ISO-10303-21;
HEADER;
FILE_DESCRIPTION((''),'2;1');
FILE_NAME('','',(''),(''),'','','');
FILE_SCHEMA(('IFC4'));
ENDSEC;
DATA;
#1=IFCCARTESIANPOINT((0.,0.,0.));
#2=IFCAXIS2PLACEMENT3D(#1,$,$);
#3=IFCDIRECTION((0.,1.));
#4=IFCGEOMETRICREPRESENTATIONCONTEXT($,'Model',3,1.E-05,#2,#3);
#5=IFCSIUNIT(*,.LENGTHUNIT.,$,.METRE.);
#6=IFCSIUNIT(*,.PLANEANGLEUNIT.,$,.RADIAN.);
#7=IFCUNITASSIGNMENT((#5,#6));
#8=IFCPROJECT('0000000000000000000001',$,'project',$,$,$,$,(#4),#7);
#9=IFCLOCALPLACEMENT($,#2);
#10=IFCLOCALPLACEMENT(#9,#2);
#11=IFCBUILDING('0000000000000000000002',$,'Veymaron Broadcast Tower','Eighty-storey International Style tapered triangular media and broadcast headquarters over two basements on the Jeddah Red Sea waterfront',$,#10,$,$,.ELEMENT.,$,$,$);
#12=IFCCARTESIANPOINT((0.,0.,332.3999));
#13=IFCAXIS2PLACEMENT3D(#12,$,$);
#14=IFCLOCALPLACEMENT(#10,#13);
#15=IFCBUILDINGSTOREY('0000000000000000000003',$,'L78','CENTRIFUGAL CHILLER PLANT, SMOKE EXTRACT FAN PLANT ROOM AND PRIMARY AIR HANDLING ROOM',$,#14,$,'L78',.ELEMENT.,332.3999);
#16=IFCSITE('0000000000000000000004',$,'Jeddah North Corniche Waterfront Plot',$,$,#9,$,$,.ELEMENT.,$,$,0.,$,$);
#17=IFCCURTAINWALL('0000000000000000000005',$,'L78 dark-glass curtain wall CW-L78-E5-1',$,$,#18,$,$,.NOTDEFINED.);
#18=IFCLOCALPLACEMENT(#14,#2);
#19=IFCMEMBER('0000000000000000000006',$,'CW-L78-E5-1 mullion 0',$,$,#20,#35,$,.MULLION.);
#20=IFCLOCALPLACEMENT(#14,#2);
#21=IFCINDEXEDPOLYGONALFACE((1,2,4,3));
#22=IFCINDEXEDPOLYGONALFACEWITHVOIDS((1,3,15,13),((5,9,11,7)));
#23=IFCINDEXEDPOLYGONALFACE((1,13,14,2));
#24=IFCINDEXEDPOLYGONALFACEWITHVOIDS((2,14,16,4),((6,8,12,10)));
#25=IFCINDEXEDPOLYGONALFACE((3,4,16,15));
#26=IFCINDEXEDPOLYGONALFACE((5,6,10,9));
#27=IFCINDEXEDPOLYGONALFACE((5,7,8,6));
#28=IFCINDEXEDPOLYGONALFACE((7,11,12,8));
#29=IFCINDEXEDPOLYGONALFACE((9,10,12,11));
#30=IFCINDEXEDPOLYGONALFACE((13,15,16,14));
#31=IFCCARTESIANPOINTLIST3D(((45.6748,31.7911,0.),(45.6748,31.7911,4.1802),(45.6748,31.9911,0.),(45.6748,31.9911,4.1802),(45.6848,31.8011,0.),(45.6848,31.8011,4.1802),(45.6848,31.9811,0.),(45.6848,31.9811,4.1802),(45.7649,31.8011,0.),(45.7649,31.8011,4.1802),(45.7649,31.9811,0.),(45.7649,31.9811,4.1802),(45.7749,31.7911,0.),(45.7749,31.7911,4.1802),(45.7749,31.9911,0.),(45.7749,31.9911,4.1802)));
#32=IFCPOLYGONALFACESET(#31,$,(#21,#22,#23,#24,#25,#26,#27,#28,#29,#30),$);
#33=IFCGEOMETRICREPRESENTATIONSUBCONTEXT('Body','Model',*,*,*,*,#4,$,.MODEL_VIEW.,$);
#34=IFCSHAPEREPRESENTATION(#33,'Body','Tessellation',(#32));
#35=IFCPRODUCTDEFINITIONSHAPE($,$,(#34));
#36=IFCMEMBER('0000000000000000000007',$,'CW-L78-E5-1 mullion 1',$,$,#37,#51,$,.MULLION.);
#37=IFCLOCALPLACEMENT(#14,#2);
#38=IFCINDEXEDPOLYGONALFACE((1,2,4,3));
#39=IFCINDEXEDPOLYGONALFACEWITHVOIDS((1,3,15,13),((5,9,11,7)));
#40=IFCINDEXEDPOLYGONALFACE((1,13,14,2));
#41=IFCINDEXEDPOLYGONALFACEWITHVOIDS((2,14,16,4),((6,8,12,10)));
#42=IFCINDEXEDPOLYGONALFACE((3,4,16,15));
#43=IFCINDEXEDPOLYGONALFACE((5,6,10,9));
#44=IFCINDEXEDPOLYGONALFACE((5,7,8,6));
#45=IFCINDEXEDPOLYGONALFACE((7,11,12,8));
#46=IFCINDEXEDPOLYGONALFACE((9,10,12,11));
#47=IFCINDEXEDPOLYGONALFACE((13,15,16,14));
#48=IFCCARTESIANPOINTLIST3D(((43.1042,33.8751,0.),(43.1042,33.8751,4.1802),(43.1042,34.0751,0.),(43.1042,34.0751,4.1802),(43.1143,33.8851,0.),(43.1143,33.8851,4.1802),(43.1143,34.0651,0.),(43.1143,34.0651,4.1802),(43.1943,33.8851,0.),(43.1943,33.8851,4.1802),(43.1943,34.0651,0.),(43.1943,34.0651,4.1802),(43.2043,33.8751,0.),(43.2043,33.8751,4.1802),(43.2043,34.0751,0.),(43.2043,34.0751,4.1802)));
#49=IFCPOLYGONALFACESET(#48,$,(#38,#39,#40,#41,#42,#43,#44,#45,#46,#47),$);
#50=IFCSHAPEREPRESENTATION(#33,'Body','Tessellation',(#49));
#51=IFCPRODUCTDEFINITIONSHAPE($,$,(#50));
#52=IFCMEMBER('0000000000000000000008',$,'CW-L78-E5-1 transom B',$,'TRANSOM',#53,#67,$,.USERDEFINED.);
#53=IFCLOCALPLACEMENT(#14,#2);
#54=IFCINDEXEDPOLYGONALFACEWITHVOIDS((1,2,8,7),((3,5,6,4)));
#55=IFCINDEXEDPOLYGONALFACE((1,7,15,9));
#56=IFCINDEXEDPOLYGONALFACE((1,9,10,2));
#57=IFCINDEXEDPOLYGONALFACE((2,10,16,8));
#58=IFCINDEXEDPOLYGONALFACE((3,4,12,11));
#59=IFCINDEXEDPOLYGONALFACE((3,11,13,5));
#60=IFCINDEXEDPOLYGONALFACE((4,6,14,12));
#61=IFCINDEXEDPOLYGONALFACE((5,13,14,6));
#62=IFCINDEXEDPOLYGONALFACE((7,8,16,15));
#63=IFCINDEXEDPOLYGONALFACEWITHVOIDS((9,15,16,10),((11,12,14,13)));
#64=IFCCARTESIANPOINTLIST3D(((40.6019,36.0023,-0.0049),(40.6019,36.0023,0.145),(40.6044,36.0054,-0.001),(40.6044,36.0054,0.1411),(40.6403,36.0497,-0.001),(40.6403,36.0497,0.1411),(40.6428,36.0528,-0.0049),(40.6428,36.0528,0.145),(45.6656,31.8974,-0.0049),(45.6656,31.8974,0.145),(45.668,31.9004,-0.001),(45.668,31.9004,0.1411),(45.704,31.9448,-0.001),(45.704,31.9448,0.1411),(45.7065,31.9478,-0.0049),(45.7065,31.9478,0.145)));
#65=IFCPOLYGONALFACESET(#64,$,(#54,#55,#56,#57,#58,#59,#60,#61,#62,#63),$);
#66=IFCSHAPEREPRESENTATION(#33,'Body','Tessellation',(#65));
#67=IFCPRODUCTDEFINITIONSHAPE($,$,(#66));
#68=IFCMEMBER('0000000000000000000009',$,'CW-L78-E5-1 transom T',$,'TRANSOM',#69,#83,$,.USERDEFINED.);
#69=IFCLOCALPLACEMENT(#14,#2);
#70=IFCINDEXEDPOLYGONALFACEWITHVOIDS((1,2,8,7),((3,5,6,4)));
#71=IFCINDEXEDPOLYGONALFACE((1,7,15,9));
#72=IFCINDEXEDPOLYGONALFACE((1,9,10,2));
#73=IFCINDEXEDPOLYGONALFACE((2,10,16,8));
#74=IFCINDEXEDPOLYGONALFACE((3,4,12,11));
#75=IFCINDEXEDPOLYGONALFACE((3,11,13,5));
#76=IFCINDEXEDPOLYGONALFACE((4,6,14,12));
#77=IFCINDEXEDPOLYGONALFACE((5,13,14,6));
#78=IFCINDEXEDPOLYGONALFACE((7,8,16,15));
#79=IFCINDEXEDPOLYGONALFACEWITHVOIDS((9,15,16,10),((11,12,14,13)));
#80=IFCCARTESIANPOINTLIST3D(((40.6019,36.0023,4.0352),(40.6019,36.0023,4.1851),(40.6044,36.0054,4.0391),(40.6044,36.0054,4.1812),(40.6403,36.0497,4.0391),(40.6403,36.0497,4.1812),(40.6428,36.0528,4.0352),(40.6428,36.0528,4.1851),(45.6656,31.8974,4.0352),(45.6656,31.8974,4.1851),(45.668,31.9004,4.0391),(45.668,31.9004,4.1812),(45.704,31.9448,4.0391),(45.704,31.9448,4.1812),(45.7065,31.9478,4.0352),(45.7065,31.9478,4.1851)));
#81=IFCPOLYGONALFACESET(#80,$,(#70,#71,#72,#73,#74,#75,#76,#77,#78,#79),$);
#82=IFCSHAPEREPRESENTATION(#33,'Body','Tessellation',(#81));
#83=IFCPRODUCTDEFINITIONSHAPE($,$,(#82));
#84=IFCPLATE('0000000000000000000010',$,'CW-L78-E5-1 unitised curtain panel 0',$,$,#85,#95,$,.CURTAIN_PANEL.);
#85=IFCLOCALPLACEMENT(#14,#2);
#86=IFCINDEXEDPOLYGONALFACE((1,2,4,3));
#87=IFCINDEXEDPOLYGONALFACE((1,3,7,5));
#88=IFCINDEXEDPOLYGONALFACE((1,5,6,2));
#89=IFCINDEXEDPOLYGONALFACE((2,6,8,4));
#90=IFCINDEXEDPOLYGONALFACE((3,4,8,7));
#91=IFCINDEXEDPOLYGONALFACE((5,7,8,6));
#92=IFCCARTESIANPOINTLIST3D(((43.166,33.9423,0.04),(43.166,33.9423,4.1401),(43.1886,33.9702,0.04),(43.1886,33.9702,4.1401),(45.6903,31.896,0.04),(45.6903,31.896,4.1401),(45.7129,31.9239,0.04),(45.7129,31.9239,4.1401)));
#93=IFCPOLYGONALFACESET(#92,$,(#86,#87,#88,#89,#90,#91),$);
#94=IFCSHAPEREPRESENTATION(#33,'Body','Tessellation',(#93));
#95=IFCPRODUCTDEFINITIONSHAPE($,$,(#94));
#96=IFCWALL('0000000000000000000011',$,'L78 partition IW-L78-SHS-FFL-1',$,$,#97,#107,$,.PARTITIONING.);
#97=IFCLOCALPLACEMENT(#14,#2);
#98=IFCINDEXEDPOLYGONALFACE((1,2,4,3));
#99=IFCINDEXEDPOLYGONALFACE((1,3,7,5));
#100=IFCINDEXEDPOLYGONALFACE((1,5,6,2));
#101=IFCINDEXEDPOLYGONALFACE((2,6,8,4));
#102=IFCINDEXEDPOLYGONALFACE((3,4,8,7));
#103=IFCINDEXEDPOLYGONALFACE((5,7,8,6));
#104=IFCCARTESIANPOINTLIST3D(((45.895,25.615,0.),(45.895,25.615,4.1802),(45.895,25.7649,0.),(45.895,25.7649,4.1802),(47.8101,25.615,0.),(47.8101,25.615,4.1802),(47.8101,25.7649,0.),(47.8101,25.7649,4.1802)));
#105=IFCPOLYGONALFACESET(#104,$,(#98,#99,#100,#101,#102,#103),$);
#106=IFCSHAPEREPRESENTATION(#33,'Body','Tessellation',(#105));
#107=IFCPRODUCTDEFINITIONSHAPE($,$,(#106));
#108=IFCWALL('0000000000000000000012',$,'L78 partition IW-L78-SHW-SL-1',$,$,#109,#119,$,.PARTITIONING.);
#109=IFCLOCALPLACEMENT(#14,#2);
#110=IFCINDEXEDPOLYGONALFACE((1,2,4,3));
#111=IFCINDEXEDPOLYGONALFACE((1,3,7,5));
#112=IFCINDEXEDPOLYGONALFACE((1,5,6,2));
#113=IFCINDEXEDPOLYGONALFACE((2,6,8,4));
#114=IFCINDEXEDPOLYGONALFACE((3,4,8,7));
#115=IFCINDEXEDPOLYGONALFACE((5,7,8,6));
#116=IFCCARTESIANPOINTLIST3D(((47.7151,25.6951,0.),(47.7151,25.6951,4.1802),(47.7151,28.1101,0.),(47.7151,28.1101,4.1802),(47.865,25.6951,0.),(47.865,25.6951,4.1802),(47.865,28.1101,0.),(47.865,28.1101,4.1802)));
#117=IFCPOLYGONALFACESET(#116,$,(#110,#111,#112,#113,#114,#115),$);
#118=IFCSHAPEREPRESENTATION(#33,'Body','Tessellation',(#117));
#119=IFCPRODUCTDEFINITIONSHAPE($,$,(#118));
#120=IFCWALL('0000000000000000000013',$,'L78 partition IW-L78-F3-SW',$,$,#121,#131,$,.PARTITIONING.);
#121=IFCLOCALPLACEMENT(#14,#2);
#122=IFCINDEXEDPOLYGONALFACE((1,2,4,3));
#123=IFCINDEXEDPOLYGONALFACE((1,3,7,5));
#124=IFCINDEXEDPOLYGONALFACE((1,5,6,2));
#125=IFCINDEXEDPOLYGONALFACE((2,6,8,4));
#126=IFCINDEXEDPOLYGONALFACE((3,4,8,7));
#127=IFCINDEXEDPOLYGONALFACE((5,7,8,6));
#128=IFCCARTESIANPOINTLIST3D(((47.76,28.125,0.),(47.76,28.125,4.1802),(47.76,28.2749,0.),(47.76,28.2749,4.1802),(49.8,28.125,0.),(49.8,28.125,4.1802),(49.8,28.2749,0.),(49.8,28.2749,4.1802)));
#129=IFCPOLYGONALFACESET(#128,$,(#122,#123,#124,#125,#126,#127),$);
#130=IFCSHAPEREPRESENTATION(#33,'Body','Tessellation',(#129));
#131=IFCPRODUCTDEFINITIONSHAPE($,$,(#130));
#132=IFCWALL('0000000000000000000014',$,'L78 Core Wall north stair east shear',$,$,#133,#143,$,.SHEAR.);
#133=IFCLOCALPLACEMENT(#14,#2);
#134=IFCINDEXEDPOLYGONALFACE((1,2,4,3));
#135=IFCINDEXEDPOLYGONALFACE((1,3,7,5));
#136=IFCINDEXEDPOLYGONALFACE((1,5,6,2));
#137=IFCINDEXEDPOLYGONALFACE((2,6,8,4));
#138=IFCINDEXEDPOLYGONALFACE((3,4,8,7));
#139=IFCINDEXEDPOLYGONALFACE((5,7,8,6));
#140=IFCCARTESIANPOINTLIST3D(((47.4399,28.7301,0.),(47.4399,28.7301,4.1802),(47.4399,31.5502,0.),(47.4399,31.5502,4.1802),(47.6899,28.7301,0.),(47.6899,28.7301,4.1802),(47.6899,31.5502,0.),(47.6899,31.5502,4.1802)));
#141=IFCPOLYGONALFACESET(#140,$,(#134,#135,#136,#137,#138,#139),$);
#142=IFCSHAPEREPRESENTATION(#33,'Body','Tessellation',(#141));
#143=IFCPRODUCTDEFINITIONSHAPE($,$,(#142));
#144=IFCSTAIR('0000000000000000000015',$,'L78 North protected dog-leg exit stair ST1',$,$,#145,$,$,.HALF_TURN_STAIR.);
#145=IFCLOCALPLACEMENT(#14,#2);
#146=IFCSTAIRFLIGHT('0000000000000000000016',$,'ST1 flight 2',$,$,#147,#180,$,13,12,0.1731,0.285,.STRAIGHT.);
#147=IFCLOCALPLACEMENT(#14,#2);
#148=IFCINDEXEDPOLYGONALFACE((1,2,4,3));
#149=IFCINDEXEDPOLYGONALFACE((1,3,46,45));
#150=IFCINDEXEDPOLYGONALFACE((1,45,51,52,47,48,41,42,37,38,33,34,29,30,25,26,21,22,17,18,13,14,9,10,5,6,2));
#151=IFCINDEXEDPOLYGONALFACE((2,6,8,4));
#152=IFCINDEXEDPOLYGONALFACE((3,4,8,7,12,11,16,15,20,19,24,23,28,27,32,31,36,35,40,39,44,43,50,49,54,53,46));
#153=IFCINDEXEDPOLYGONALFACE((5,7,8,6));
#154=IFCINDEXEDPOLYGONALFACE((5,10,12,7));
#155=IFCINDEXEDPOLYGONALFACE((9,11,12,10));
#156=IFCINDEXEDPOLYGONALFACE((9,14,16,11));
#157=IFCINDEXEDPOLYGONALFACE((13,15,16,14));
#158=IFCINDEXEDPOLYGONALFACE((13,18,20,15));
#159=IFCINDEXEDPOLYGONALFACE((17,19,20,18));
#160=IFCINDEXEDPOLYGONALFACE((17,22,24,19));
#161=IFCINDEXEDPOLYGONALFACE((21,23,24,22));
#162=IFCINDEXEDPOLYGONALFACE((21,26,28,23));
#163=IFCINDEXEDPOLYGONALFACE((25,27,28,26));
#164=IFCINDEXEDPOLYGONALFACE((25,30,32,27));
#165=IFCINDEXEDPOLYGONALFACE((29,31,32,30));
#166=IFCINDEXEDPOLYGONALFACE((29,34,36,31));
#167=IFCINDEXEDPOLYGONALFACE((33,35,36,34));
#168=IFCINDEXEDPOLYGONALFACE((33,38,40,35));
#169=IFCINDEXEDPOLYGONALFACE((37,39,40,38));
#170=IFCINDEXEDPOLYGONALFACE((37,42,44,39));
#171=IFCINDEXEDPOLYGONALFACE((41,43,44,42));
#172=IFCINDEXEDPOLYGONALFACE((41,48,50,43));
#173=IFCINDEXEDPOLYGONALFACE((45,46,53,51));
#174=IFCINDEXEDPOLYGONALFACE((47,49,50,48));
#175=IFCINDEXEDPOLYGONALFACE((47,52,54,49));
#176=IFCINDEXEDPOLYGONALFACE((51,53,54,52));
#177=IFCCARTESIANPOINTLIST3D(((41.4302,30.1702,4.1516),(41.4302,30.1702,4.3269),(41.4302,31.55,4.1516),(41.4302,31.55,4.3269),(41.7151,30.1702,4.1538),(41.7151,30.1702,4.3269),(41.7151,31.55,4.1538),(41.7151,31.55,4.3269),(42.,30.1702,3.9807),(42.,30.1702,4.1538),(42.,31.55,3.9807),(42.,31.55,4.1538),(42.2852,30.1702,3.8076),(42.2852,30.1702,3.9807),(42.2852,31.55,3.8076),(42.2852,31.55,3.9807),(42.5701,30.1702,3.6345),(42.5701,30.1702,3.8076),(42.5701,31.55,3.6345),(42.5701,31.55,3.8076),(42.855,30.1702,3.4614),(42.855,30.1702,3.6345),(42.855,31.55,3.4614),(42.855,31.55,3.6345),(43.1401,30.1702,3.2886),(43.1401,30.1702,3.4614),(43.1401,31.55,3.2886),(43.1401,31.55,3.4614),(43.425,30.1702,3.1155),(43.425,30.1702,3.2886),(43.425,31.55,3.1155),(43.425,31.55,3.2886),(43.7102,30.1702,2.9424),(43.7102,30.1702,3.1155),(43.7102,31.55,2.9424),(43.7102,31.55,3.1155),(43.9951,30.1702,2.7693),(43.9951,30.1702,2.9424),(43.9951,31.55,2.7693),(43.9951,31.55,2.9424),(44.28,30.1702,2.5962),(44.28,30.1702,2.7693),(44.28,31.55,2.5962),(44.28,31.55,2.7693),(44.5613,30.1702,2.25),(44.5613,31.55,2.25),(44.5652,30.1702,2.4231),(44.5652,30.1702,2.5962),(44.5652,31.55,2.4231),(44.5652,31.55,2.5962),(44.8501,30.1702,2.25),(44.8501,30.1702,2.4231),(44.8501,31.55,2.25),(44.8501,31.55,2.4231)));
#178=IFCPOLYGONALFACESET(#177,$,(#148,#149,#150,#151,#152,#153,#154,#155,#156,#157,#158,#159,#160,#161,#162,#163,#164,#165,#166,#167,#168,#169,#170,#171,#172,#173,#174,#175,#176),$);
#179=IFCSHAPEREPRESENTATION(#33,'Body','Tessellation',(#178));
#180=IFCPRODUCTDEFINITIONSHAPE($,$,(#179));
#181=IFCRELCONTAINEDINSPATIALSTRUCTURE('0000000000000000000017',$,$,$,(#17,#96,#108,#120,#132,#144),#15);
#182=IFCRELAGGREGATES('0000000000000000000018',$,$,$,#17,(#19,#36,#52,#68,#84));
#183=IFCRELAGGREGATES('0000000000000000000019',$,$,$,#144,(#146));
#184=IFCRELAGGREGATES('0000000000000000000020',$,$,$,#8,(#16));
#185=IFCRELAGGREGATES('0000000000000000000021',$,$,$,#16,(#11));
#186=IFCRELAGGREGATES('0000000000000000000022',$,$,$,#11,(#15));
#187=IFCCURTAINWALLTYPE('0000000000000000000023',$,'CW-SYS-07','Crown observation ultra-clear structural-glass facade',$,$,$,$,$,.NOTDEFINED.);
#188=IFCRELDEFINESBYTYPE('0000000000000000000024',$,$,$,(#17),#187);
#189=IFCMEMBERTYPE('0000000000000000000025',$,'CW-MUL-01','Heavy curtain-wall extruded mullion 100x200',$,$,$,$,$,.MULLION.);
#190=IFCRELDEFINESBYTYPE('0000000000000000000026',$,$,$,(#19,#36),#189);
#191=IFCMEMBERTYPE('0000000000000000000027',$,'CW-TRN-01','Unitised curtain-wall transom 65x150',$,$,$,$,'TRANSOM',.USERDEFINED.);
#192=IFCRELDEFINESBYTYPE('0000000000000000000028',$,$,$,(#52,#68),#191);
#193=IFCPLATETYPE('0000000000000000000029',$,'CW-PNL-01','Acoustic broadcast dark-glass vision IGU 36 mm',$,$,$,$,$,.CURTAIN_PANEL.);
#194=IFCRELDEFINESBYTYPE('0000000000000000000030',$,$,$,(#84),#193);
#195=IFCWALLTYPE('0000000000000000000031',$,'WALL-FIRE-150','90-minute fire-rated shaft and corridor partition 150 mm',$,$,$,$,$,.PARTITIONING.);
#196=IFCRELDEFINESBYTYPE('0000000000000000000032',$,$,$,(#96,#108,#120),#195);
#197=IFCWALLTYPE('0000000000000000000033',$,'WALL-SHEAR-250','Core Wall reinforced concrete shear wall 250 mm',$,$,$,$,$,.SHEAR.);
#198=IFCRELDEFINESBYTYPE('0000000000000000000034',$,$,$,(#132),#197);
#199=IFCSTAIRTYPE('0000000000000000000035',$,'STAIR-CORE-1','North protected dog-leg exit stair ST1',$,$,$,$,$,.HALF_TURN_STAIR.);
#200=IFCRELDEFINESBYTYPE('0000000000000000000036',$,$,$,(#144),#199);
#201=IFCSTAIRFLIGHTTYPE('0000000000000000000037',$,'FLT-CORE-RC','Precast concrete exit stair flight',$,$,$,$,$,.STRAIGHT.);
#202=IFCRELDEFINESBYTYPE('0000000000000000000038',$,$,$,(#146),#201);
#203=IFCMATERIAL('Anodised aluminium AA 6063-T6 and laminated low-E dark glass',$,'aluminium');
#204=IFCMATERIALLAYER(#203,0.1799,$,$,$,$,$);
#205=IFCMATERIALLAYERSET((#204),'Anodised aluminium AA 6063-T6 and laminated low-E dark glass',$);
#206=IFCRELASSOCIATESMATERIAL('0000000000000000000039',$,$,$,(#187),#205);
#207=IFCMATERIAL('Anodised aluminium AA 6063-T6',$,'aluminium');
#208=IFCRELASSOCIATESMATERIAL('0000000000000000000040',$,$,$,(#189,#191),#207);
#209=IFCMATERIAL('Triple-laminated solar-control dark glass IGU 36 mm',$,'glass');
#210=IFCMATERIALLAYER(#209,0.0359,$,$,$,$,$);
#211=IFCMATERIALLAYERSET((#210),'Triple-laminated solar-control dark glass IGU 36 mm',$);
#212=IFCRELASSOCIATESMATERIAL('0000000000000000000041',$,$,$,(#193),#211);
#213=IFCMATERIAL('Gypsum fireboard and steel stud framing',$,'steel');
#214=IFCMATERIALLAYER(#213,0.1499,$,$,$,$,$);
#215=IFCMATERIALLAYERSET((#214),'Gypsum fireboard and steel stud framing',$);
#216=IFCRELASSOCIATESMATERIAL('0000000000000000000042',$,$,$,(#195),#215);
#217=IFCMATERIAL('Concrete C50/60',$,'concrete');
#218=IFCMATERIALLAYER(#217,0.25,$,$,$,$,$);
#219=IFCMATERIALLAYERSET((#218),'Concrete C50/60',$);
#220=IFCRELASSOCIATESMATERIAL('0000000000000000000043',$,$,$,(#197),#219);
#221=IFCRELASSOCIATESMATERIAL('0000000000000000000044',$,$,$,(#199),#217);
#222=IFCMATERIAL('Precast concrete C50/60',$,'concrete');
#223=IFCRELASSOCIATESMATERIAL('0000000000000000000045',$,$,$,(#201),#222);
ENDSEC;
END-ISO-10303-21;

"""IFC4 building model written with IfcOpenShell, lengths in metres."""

from ifc_helpers import new_model, si_unit, direction, frame, frame_2d, origin, origin_2d, place, context, subcontext, project, spatial, polyline, rectangle, hollow_rectangle, outline, extrude, material, layer, layer_set, material_profile, profile_set, type_object, element, aggregate, save


model = new_model("IFC4")

# Units and contexts
model_context = context("Model", 3, precision=1e-05, world=origin(), true_north=direction((0.0, 1.0)))
body_context = subcontext(model_context, "Body", "Model", "MODEL_VIEW")
ifc_project = project(units=[si_unit("LENGTHUNIT", "METRE"), si_unit("PLANEANGLEUNIT", "RADIAN")], contexts=[model_context])

# Site, building, storey
site_placement = place(None, origin())
site = spatial("IfcSite", under=ifc_project, at=site_placement, Name="Jeddah North Corniche Waterfront Plot", CompositionType="ELEMENT", RefElevation=0.0)
building_placement = place(site_placement, origin())
building = spatial("IfcBuilding", under=site, at=building_placement, Name="Veymaron Broadcast Tower", Description="Eighty-storey International Style tapered triangular media and broadcast headquarters over two basements on the Jeddah Red Sea waterfront", CompositionType="ELEMENT")
storey_placement = place(building_placement, frame((0.0, 0.0, 332.3999)))
storey = spatial("IfcBuildingStorey", under=building, at=storey_placement, Name="L78", Description="CENTRIFUGAL CHILLER PLANT, SMOKE EXTRACT FAN PLANT ROOM AND PRIMARY AIR HANDLING ROOM", LongName="L78", CompositionType="ELEMENT", Elevation=332.3999)

# Curtain wall, members, plate
ifc_material_1 = material(Name="Anodised aluminium AA 6063-T6 and laminated low-E dark glass", Category="aluminium")
ifc_layer_1 = layer(ifc_material_1, 0.1799)
ifc_layer_set_1 = layer_set([ifc_layer_1], Name="Anodised aluminium AA 6063-T6 and laminated low-E dark glass")
curtain_wall_type = type_object("IfcCurtainWallType", Name="CW-SYS-07", Description="Crown observation ultra-clear structural-glass facade", PredefinedType="NOTDEFINED", material=ifc_layer_set_1)
curtain_wall_placement = place(storey_placement, origin())
curtain_wall = element("IfcCurtainWall", 1, at=curtain_wall_placement, inside=storey, type_object=curtain_wall_type, Name="L78 dark-glass curtain wall CW-L78-E5-1", PredefinedType="NOTDEFINED")
ifc_material_2 = material(Name="Anodised aluminium AA 6063-T6", Category="aluminium")
ifc_material_profile_1 = material_profile(ifc_material_2, hollow_rectangle(XDim=0.1001, YDim=0.2, WallThickness=0.01, at=origin_2d()), Name="RHS200X100X10")
ifc_profile_set_1 = profile_set([ifc_material_profile_1], Name="Anodised aluminium AA 6063-T6")
member_type_1 = type_object("IfcMemberType", Name="CW-MUL-01", Description="Heavy curtain-wall extruded mullion 100x200", PredefinedType="MULLION", material=ifc_profile_set_1)
member_1_placement = place(storey_placement, frame((45.7249, 31.8911, 0.0), z_axis=(0.0, 0.0, 1.0), x_axis=(1.0, 0.0, 0.0)))
member_1 = element("IfcMember", 2, at=member_1_placement, type_object=member_type_1, Name="CW-L78-E5-1 mullion 0", PredefinedType="MULLION", context=body_context, shape_type="SweptSolid", body=[
    extrude(hollow_rectangle(XDim=0.1001, YDim=0.2, WallThickness=0.01, at=origin_2d()), origin(), (0.0, 0.0, 1.0), 4.1802),
])
member_2_placement = place(storey_placement, frame((43.1543, 33.9751, 0.0), z_axis=(0.0, 0.0, 1.0), x_axis=(1.0, 0.0, 0.0)))
member_2 = element("IfcMember", 3, at=member_2_placement, type_object=member_type_1, Name="CW-L78-E5-1 mullion 1", PredefinedType="MULLION", context=body_context, shape_type="SweptSolid", body=[
    extrude(hollow_rectangle(XDim=0.1001, YDim=0.2, WallThickness=0.01, at=origin_2d()), origin(), (0.0, 0.0, 1.0), 4.1802),
])
ifc_material_profile_2 = material_profile(ifc_material_2, hollow_rectangle(XDim=0.0649, YDim=0.1499, WallThickness=0.0039, at=origin_2d()), Name="AL150X65X4")
ifc_profile_set_2 = profile_set([ifc_material_profile_2], Name="Anodised aluminium AA 6063-T6")
member_type_2 = type_object("IfcMemberType", Name="CW-TRN-01", Description="Unitised curtain-wall transom 65x150", ElementType="TRANSOM", PredefinedType="USERDEFINED", material=ifc_profile_set_2)
member_3_placement = place(storey_placement, frame((45.686, 31.9226, 0.0701), z_axis=(-0.776811, 0.629734, 0.0), x_axis=(-0.629734, -0.776811, 0.0)))
member_3 = element("IfcMember", 4, at=member_3_placement, type_object=member_type_2, Name="CW-L78-E5-1 transom B", ObjectType="TRANSOM", PredefinedType="USERDEFINED", context=body_context, shape_type="SweptSolid", body=[
    extrude(hollow_rectangle(XDim=0.0649, YDim=0.1499, WallThickness=0.0039, at=origin_2d()), origin(), (0.0, 0.0, 1.0), 6.5186),
])
member_4_placement = place(storey_placement, frame((45.686, 31.9226, 4.1101), z_axis=(-0.776811, 0.629734, 0.0), x_axis=(-0.629734, -0.776811, 0.0)))
member_4 = element("IfcMember", 5, at=member_4_placement, type_object=member_type_2, Name="CW-L78-E5-1 transom T", ObjectType="TRANSOM", PredefinedType="USERDEFINED", context=body_context, shape_type="SweptSolid", body=[
    extrude(hollow_rectangle(XDim=0.0649, YDim=0.1499, WallThickness=0.0039, at=origin_2d()), origin(), (0.0, 0.0, 1.0), 6.5186),
])
ifc_material_3 = material(Name="Triple-laminated solar-control dark glass IGU 36 mm", Category="glass")
ifc_layer_2 = layer(ifc_material_3, 0.0359)
ifc_layer_set_2 = layer_set([ifc_layer_2], Name="Triple-laminated solar-control dark glass IGU 36 mm")
plate_type = type_object("IfcPlateType", Name="CW-PNL-01", Description="Acoustic broadcast dark-glass vision IGU 36 mm", PredefinedType="CURTAIN_PANEL", material=ifc_layer_set_2)
plate_placement = place(storey_placement, frame((44.4395, 32.9331, 0.04), z_axis=(0.0, 0.0, 1.0), x_axis=(-0.776816, 0.629727, 0.0)))
plate = element("IfcPlate", 6, at=plate_placement, type_object=plate_type, Name="CW-L78-E5-1 unitised curtain panel 0", PredefinedType="CURTAIN_PANEL", context=body_context, shape_type="SweptSolid", body=[
    extrude(rectangle(XDim=3.2495, YDim=0.0359, at=origin_2d()), origin(), (0.0, 0.0, 1.0), 4.1001),
])
aggregate(curtain_wall, [member_1, member_2, member_3, member_4, plate])

# Shared definitions
ifc_material_4 = material(Name="Gypsum fireboard and steel stud framing", Category="steel")
ifc_layer_3 = layer(ifc_material_4, 0.1499)
ifc_layer_set_3 = layer_set([ifc_layer_3], Name="Gypsum fireboard and steel stud framing")
wall_type_1 = type_object("IfcWallType", Name="WALL-FIRE-150", Description="90-minute fire-rated shaft and corridor partition 150 mm", PredefinedType="PARTITIONING", material=ifc_layer_set_3)

# Wall
wall_1_placement = place(storey_placement, frame((45.895, 25.6899, 0.0), z_axis=(0.0, 0.0, 1.0), x_axis=(1.0, 0.0, 0.0)))
element("IfcWall", 7, at=wall_1_placement, inside=storey, type_object=wall_type_1, Name="L78 partition IW-L78-SHS-FFL-1", PredefinedType="PARTITIONING", context=body_context, shape_type="SweptSolid", body=[
    extrude(rectangle(XDim=1.915, YDim=0.1499, at=frame_2d((0.9575, 0.0))), origin(), (0.0, 0.0, 1.0), 4.1802),
])

# Walls
wall_2_placement = place(storey_placement, frame((47.79, 25.6951, 0.0), z_axis=(0.0, 0.0, 1.0), x_axis=(0.0, 1.0, 0.0)))
element("IfcWall", 8, at=wall_2_placement, inside=storey, type_object=wall_type_1, Name="L78 partition IW-L78-SHW-SL-1", PredefinedType="PARTITIONING", context=body_context, shape_type="SweptSolid", body=[
    extrude(rectangle(XDim=2.415, YDim=0.1499, at=frame_2d((1.2075, 0.0))), origin(), (0.0, 0.0, 1.0), 4.1802),
])
wall_3_placement = place(storey_placement, frame((47.76, 28.2, 0.0), z_axis=(0.0, 0.0, 1.0), x_axis=(1.0, 0.0, 0.0)))
element("IfcWall", 9, at=wall_3_placement, inside=storey, type_object=wall_type_1, Name="L78 partition IW-L78-F3-SW", PredefinedType="PARTITIONING", context=body_context, shape_type="SweptSolid", body=[
    extrude(rectangle(XDim=2.04, YDim=0.1499, at=frame_2d((1.02, 0.0))), origin(), (0.0, 0.0, 1.0), 4.1802),
])
ifc_material_5 = material(Name="Concrete C50/60", Category="concrete")
ifc_layer_4 = layer(ifc_material_5, 0.25)
ifc_layer_set_4 = layer_set([ifc_layer_4], Name="Concrete C50/60")
wall_type_2 = type_object("IfcWallType", Name="WALL-SHEAR-250", Description="Core Wall reinforced concrete shear wall 250 mm", PredefinedType="SHEAR", material=ifc_layer_set_4)
wall_4_placement = place(storey_placement, frame((47.5649, 28.73, 0.0), z_axis=(0.0, 0.0, 1.0), x_axis=(0.0, 1.0, 0.0)))
element("IfcWall", 10, at=wall_4_placement, inside=storey, type_object=wall_type_2, Name="L78 Core Wall north stair east shear", PredefinedType="SHEAR", context=body_context, shape_type="SweptSolid", body=[
    extrude(rectangle(XDim=2.8201, YDim=0.25, at=frame_2d((1.4102, 0.0))), origin(), (0.0, 0.0, 1.0), 4.1802),
])

# Stair, stair flight
stair_type = type_object("IfcStairType", Name="STAIR-CORE-1", Description="North protected dog-leg exit stair ST1", PredefinedType="HALF_TURN_STAIR", material=ifc_material_5)
stair_placement = place(storey_placement, origin())
stair = element("IfcStair", 11, at=stair_placement, inside=storey, type_object=stair_type, Name="L78 North protected dog-leg exit stair ST1", PredefinedType="HALF_TURN_STAIR")
ifc_material_6 = material(Name="Precast concrete C50/60", Category="concrete")
stair_flight_type = type_object("IfcStairFlightType", Name="FLT-CORE-RC", Description="Precast concrete exit stair flight", PredefinedType="STRAIGHT", material=ifc_material_6)
stair_flight_placement = place(storey_placement, frame((44.8501, 30.8601, 2.25), z_axis=(0.0, 0.0, 1.0), x_axis=(-1.0, 0.0, 0.0)))
stair_flight = element("IfcStairFlight", 12, at=stair_flight_placement, type_object=stair_flight_type, Name="ST1 flight 2", NumberOfRisers=13, NumberOfTreads=12, PredefinedType="STRAIGHT", RiserHeight=0.1731, TreadLength=0.285, context=body_context, shape_type="SweptSolid", body=[
    extrude(outline(polyline([(0.0, 0.0), (0.0, 0.1731), (0.2849, 0.1731), (0.2849, 0.3462), (0.5701, 0.3462), (0.5701, 0.5193), (0.855, 0.5193), (0.855, 0.6924), (1.1399, 0.6924), (1.1399, 0.8655), (1.425, 0.8655), (1.425, 1.0386), (1.71, 1.0386), (1.71, 1.2114), (1.9951, 1.2114), (1.9951, 1.3845), (2.28, 1.3845), (2.28, 1.5576), (2.5649, 1.5576), (2.5649, 1.7307), (2.8501, 1.7307), (2.8501, 1.9038), (3.135, 1.9038), (3.135, 2.0769), (3.4199, 2.0769), (3.4199, 2.25), (3.4199, 1.9016), (0.2888, 0.0), (0.0, 0.0)])), frame((0.0, 0.6899, 0.0), z_axis=(0.0, -1.0, 0.0), x_axis=(1.0, 0.0, 0.0)), (0.0, 0.0, 1.0), 1.3799),
])
aggregate(stair, [stair_flight])

save(model, "model.ifc")
